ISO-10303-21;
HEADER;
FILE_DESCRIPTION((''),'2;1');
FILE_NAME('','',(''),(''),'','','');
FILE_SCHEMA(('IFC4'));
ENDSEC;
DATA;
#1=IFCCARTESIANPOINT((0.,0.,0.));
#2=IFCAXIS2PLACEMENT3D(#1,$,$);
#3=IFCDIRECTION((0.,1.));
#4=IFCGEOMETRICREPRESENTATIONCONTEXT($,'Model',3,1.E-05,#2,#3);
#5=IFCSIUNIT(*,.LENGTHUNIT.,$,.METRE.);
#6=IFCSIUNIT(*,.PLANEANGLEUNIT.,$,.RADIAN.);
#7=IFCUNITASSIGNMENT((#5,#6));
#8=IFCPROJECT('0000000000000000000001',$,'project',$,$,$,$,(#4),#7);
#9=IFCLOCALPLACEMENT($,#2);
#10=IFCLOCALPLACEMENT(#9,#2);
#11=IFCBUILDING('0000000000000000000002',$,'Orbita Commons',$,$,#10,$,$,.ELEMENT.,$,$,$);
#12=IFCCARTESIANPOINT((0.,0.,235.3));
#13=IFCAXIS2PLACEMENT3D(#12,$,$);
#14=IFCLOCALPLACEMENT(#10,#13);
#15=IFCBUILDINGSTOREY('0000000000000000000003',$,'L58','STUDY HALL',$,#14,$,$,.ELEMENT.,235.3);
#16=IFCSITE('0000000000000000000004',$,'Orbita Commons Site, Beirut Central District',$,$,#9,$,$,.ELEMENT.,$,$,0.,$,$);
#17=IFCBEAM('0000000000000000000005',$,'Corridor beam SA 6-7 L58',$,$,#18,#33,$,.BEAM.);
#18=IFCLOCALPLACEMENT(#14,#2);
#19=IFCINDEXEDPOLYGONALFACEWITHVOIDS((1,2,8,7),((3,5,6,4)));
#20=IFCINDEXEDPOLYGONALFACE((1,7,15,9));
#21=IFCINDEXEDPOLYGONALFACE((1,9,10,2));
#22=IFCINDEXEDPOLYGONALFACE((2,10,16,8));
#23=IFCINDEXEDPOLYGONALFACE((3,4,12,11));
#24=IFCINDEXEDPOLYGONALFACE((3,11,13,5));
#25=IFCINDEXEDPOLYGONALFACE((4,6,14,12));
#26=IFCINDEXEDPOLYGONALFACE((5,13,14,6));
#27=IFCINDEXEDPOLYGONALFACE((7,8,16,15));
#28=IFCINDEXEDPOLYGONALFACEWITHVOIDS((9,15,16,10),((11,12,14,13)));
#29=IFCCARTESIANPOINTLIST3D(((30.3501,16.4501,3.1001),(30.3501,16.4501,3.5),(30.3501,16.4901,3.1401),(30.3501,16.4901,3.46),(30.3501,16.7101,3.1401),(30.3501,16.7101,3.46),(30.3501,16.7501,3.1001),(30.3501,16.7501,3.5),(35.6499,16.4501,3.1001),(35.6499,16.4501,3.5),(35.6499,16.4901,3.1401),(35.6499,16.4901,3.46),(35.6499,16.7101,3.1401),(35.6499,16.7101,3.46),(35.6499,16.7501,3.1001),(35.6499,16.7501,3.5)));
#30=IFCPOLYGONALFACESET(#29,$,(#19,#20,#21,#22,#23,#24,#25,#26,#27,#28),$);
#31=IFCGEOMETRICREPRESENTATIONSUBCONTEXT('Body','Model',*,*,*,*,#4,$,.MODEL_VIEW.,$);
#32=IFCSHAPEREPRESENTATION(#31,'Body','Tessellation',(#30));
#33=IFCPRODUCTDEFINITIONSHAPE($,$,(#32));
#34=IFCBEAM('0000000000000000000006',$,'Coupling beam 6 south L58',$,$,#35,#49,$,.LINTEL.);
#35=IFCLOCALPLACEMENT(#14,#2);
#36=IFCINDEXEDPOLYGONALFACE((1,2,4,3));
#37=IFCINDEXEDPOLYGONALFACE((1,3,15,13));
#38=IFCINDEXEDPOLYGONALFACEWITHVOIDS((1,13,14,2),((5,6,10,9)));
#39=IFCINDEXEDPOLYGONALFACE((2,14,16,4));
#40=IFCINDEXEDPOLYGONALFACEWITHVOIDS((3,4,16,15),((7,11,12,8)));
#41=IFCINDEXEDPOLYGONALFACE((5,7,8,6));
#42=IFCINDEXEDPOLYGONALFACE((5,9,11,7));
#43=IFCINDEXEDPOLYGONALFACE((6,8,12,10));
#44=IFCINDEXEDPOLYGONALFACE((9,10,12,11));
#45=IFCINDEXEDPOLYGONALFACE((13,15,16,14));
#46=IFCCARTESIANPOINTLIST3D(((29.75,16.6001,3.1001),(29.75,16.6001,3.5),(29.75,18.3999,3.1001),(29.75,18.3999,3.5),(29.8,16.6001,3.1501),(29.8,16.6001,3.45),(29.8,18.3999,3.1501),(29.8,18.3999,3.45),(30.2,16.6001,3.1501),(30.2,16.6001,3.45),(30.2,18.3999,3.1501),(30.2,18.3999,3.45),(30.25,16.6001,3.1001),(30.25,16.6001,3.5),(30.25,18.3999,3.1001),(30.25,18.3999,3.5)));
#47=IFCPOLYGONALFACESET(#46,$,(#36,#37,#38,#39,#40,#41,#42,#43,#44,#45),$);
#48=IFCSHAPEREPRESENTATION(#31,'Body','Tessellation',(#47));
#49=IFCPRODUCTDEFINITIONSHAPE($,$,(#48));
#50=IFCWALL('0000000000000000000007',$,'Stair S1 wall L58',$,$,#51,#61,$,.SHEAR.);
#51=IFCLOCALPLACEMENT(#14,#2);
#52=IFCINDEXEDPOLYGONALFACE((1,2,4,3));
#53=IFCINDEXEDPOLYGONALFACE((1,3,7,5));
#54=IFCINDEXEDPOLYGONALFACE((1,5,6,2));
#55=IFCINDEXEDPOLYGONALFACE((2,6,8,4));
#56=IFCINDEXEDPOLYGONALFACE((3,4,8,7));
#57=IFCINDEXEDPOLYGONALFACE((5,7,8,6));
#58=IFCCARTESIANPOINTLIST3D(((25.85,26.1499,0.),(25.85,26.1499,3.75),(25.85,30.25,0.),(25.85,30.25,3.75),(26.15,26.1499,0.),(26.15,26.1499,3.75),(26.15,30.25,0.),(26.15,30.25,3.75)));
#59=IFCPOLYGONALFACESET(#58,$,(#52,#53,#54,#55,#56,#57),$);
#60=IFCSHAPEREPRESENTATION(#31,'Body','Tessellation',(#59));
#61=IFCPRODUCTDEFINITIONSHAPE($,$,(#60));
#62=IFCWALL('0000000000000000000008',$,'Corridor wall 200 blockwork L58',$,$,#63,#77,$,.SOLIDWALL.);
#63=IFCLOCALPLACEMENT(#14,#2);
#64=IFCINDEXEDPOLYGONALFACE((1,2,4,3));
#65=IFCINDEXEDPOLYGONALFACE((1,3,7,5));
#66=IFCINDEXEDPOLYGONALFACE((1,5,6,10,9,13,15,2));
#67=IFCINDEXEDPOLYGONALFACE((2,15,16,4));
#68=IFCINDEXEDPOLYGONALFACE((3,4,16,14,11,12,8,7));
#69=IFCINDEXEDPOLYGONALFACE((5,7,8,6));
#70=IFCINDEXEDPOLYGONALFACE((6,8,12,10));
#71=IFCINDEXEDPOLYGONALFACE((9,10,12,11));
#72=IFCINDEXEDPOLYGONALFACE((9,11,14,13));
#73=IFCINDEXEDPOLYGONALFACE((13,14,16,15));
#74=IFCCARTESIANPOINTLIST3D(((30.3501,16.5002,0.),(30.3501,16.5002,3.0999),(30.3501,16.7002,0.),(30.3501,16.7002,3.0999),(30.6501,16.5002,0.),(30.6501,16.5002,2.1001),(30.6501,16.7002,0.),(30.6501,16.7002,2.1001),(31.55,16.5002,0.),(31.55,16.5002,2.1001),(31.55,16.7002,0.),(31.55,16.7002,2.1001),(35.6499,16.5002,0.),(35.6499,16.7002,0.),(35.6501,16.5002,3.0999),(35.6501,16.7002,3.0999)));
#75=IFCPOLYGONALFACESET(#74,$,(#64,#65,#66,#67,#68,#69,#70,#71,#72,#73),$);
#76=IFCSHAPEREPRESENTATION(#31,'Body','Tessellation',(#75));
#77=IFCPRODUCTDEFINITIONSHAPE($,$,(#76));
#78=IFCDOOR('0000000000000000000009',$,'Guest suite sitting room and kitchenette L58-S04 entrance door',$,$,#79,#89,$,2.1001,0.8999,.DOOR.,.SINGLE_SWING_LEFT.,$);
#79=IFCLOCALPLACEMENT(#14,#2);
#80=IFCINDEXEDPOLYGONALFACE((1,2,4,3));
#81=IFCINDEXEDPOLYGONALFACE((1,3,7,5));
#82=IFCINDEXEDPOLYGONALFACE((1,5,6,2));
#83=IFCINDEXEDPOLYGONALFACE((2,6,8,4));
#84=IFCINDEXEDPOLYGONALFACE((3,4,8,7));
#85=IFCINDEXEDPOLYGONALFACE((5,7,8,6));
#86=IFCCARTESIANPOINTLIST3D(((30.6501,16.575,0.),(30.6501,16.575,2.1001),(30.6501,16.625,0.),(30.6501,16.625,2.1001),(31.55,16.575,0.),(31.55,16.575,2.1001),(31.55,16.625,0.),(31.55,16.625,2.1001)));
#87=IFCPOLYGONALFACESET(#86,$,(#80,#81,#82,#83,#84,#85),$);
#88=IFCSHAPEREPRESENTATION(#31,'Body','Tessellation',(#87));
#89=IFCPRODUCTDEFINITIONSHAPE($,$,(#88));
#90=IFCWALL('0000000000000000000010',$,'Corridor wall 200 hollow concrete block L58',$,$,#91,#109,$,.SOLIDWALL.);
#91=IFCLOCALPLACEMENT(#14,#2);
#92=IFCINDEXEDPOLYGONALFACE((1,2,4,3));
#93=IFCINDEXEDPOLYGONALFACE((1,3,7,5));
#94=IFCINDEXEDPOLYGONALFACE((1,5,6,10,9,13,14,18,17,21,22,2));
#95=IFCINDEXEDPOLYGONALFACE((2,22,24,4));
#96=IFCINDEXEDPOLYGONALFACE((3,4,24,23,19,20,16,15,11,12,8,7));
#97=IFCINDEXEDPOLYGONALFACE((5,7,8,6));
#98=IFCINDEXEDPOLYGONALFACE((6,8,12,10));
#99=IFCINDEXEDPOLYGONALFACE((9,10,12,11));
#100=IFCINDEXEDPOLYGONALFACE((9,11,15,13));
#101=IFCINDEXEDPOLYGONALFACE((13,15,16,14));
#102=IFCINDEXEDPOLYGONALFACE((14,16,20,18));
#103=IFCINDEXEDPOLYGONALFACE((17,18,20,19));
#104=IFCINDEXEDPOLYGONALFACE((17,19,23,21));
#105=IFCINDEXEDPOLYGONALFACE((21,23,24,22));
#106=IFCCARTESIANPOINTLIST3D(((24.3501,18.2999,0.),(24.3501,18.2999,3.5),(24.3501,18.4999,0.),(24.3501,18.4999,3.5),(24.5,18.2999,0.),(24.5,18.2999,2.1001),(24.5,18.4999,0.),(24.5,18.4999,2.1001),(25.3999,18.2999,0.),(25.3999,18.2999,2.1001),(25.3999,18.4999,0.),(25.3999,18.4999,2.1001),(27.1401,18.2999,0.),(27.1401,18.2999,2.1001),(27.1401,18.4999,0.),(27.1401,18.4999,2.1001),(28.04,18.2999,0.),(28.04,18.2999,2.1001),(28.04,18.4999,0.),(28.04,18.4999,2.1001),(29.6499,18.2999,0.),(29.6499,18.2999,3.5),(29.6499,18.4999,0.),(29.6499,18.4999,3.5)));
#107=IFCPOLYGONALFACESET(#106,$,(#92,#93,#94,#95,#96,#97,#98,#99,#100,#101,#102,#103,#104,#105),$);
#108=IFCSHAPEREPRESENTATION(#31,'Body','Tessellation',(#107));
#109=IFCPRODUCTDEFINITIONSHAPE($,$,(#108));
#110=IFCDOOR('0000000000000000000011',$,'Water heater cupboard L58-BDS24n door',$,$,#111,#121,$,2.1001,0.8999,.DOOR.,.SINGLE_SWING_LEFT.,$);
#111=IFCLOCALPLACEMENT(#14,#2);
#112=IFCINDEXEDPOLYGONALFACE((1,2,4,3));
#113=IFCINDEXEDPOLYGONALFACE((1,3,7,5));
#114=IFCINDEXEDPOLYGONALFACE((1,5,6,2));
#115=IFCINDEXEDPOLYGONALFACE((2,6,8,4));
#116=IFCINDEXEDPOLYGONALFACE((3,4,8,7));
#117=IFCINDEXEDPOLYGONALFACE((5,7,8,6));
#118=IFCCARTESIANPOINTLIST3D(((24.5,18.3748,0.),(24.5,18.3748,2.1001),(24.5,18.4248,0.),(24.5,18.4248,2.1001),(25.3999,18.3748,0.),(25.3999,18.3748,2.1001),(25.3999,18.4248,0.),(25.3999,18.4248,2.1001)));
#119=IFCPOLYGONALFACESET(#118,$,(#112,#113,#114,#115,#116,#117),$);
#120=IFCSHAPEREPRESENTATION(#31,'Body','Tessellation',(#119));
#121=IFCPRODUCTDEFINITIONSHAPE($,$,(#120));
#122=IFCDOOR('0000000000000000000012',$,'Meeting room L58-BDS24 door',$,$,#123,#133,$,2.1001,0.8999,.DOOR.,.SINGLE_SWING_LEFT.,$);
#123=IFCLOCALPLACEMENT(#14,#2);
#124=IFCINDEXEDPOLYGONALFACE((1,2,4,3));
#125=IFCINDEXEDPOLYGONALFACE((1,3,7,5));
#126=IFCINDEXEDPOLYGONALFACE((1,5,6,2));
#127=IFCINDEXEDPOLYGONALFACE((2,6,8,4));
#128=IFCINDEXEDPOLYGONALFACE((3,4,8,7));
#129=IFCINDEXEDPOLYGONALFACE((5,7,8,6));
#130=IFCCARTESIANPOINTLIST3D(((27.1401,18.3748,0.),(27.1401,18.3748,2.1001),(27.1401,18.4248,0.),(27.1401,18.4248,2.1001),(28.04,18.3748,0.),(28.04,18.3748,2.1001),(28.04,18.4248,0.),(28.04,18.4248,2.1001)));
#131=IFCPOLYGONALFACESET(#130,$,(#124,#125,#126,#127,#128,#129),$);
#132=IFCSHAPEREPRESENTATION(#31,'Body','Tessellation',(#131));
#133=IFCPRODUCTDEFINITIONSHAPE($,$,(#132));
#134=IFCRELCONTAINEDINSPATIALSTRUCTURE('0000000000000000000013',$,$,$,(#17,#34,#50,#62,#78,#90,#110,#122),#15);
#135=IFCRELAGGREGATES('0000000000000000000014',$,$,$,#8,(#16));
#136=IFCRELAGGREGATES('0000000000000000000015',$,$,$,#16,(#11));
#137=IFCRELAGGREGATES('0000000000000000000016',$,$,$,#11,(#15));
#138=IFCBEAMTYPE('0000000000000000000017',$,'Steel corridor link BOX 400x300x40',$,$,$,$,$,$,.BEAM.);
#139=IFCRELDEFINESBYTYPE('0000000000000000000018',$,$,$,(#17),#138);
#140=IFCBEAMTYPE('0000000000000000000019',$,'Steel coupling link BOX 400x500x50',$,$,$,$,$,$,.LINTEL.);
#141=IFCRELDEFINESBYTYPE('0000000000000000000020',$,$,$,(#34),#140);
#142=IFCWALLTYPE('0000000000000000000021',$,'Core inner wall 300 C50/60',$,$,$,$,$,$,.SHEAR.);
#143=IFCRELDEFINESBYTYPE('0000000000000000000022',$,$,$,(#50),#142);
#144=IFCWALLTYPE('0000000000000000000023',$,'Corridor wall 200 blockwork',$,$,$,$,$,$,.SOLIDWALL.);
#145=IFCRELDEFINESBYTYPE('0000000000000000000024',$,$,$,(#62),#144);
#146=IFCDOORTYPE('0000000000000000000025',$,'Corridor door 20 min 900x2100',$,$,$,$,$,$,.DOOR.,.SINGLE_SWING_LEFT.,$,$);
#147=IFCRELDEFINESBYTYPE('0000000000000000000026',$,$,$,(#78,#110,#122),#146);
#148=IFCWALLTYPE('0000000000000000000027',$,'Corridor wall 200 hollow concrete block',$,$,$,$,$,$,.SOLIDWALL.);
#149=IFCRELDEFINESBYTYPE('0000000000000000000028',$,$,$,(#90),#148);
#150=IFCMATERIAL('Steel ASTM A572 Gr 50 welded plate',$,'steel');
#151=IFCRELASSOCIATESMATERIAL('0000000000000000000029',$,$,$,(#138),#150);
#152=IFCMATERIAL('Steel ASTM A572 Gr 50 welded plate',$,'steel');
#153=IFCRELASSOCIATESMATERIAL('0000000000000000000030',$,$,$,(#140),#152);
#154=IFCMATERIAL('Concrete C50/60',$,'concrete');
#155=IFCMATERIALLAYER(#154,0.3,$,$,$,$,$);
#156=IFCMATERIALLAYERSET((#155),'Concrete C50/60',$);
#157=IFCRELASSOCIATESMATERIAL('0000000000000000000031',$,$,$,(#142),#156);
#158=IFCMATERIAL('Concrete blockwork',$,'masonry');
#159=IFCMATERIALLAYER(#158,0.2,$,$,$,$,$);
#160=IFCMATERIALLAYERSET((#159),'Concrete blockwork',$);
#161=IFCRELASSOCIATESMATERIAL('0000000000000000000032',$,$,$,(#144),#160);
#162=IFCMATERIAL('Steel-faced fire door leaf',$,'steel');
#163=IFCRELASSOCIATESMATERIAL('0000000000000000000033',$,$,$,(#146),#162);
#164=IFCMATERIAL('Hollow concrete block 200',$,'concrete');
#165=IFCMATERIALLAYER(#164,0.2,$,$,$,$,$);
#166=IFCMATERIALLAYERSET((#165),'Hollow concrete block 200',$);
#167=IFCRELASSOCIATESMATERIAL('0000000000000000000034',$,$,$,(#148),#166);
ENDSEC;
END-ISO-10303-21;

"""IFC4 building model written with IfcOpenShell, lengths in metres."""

from ifc_helpers import new_model, si_unit, direction, frame, frame_2d, origin, origin_2d, place, context, subcontext, project, spatial, polyline, rectangle, hollow_rectangle, outline, extrude, material, layer, layer_set, material_profile, profile_set, type_object, element, fill, save


model = new_model("IFC4")

# Units and contexts
model_context = context("Model", 3, precision=1e-05, world=origin(), true_north=direction((0.0, 1.0)))
body_context = subcontext(model_context, "Body", "Model", "MODEL_VIEW")
ifc_project = project(units=[si_unit("LENGTHUNIT", "METRE"), si_unit("PLANEANGLEUNIT", "RADIAN")], contexts=[model_context])

# Site, building, storey
site_placement = place(None, origin())
site = spatial("IfcSite", under=ifc_project, at=site_placement, Name="Orbita Commons Site, Beirut Central District", CompositionType="ELEMENT", RefElevation=0.0)
building_placement = place(site_placement, origin())
building = spatial("IfcBuilding", under=site, at=building_placement, Name="Orbita Commons", CompositionType="ELEMENT")
storey_placement = place(building_placement, frame((0.0, 0.0, 235.3)))
storey = spatial("IfcBuildingStorey", under=building, at=storey_placement, Name="L58", Description="STUDY HALL", CompositionType="ELEMENT", Elevation=235.3)

# Beams
ifc_material_1 = material(Name="Steel ASTM A572 Gr 50 welded plate", Category="steel")
ifc_material_profile_1 = material_profile(ifc_material_1, hollow_rectangle(XDim=0.3, YDim=0.3999, WallThickness=0.04, at=origin_2d()), Name="BOX 400x300x40")
ifc_profile_set_1 = profile_set([ifc_material_profile_1], Name="Steel ASTM A572 Gr 50 welded plate")
beam_type_1 = type_object("IfcBeamType", Name="Steel corridor link BOX 400x300x40", PredefinedType="BEAM", material=ifc_profile_set_1)
beam_1_placement = place(storey_placement, frame((30.3501, 16.6001, 3.3), z_axis=(1.0, 0.0, 0.0), x_axis=(0.0, 1.0, 0.0)))
element("IfcBeam", 1, at=beam_1_placement, inside=storey, type_object=beam_type_1, Name="Corridor beam SA 6-7 L58", PredefinedType="BEAM", context=body_context, shape_type="SweptSolid", body=[
    extrude(hollow_rectangle(XDim=0.3, YDim=0.3999, WallThickness=0.04, at=origin_2d()), origin(), (0.0, 0.0, 1.0), 5.2998),
])
ifc_material_2 = material(Name="Steel ASTM A572 Gr 50 welded plate", Category="steel")
ifc_material_profile_2 = material_profile(ifc_material_2, hollow_rectangle(XDim=0.5, YDim=0.3999, WallThickness=0.05, at=origin_2d()), Name="BOX 400x500x50")
ifc_profile_set_2 = profile_set([ifc_material_profile_2], Name="Steel ASTM A572 Gr 50 welded plate")
beam_type_2 = type_object("IfcBeamType", Name="Steel coupling link BOX 400x500x50", PredefinedType="LINTEL", material=ifc_profile_set_2)
beam_2_placement = place(storey_placement, frame((30.0, 16.6001, 3.3), z_axis=(0.0, 1.0, 0.0), x_axis=(-1.0, 0.0, 0.0)))
element("IfcBeam", 2, at=beam_2_placement, inside=storey, type_object=beam_type_2, Name="Coupling beam 6 south L58", PredefinedType="LINTEL", context=body_context, shape_type="SweptSolid", body=[
    extrude(hollow_rectangle(XDim=0.5, YDim=0.3999, WallThickness=0.05, at=origin_2d()), origin(), (0.0, 0.0, 1.0), 1.7998),
])

# Wall
ifc_material_3 = material(Name="Concrete C50/60", Category="concrete")
ifc_layer_1 = layer(ifc_material_3, 0.3)
ifc_layer_set_1 = layer_set([ifc_layer_1], Name="Concrete C50/60")
wall_type_1 = type_object("IfcWallType", Name="Core inner wall 300 C50/60", PredefinedType="SHEAR", material=ifc_layer_set_1)
wall_1_placement = place(storey_placement, frame((26.0, 26.1499, 0.0), z_axis=(0.0, 0.0, 1.0), x_axis=(0.0, 1.0, 0.0)))
element("IfcWall", 3, at=wall_1_placement, inside=storey, type_object=wall_type_1, Name="Stair S1 wall L58", PredefinedType="SHEAR", context=body_context, shape_type="SweptSolid", body=[
    extrude(rectangle(XDim=4.1001, YDim=0.3, at=frame_2d((2.05, 0.0))), origin(), (0.0, 0.0, 1.0), 3.75),
])

# Wall, opening, door
ifc_material_4 = material(Name="Concrete blockwork", Category="masonry")
ifc_layer_2 = layer(ifc_material_4, 0.2)
ifc_layer_set_2 = layer_set([ifc_layer_2], Name="Concrete blockwork")
wall_type_2 = type_object("IfcWallType", Name="Corridor wall 200 blockwork", PredefinedType="SOLIDWALL", material=ifc_layer_set_2)
wall_2_placement = place(storey_placement, frame((30.3501, 16.6001, 0.0), z_axis=(0.0, 0.0, 1.0), x_axis=(1.0, 0.0, 0.0)))
wall_2 = element("IfcWall", 4, at=wall_2_placement, inside=storey, type_object=wall_type_2, Name="Corridor wall 200 blockwork L58", PredefinedType="SOLIDWALL", context=body_context, shape_type="SweptSolid", body=[
    extrude(outline(polyline([(0.0, 0.0), (5.2998, 0.0), (5.3, 3.0999), (0.0, 3.0999), (0.0, 0.0)])), frame((0.0, 0.1001, 0.0), z_axis=(0.0, -1.0, 0.0), x_axis=(1.0, 0.0, 0.0)), (0.0, 0.0, 1.0), 0.2),
])
opening_1_placement = place(wall_2_placement, frame((0.3, 0.0, 0.0)))
opening_1 = element("IfcOpeningElement", 5, at=opening_1_placement, cuts=wall_2, PredefinedType="OPENING", context=body_context, shape_type="SweptSolid", body=[
    extrude(rectangle(XDim=0.8999, YDim=2.1001, at=frame_2d((0.45, 1.05))), frame((0.0, 0.1099, 0.0), z_axis=(0.0, -1.0, 0.0), x_axis=(1.0, 0.0, 0.0)), (0.0, 0.0, 1.0), 0.22),
])
ifc_material_5 = material(Name="Steel-faced fire door leaf", Category="steel")
door_type_1 = type_object("IfcDoorType", Name="Corridor door 20 min 900x2100", OperationType="SINGLE_SWING_LEFT", PredefinedType="DOOR", material=ifc_material_5)
door_1_placement = place(opening_1_placement, origin())
door_1 = element("IfcDoor", 6, at=door_1_placement, inside=storey, type_object=door_type_1, Name="Guest suite sitting room and kitchenette L58-S04 entrance door", OperationType="SINGLE_SWING_LEFT", OverallHeight=2.1001, OverallWidth=0.8999, PredefinedType="DOOR", context=body_context, shape_type="SweptSolid", body=[
    extrude(rectangle(XDim=0.8999, YDim=2.1001, at=frame_2d((0.45, 1.05))), frame((0.0, 0.0249, 0.0), z_axis=(0.0, -1.0, 0.0), x_axis=(1.0, 0.0, 0.0)), (0.0, 0.0, 1.0), 0.05),
])
fill(opening_1, door_1)

# Wall, openings, doors
ifc_material_6 = material(Name="Hollow concrete block 200", Category="concrete")
ifc_layer_3 = layer(ifc_material_6, 0.2)
ifc_layer_set_3 = layer_set([ifc_layer_3], Name="Hollow concrete block 200")
wall_type_3 = type_object("IfcWallType", Name="Corridor wall 200 hollow concrete block", PredefinedType="SOLIDWALL", material=ifc_layer_set_3)
wall_3_placement = place(storey_placement, frame((24.3501, 18.3999, 0.0), z_axis=(0.0, 0.0, 1.0), x_axis=(1.0, 0.0, 0.0)))
wall_3 = element("IfcWall", 7, at=wall_3_placement, inside=storey, type_object=wall_type_3, Name="Corridor wall 200 hollow concrete block L58", PredefinedType="SOLIDWALL", context=body_context, shape_type="SweptSolid", body=[
    extrude(rectangle(XDim=5.2998, YDim=0.2, at=frame_2d((2.6499, 0.0))), origin(), (0.0, 0.0, 1.0), 3.5),
])
opening_2_placement = place(wall_3_placement, frame((0.1499, 0.0, 0.0)))
opening_2 = element("IfcOpeningElement", 8, at=opening_2_placement, cuts=wall_3, PredefinedType="OPENING", context=body_context, shape_type="SweptSolid", body=[
    extrude(rectangle(XDim=0.8999, YDim=2.1001, at=frame_2d((0.45, 1.05))), frame((0.0, 0.1099, 0.0), z_axis=(0.0, -1.0, 0.0), x_axis=(1.0, 0.0, 0.0)), (0.0, 0.0, 1.0), 0.22),
])
opening_3_placement = place(wall_3_placement, frame((2.79, 0.0, 0.0)))
opening_3 = element("IfcOpeningElement", 9, at=opening_3_placement, cuts=wall_3, PredefinedType="OPENING", context=body_context, shape_type="SweptSolid", body=[
    extrude(rectangle(XDim=0.8999, YDim=2.1001, at=frame_2d((0.45, 1.05))), frame((0.0, 0.1099, 0.0), z_axis=(0.0, -1.0, 0.0), x_axis=(1.0, 0.0, 0.0)), (0.0, 0.0, 1.0), 0.22),
])
door_2_placement = place(opening_2_placement, origin())
door_2 = element("IfcDoor", 10, at=door_2_placement, inside=storey, type_object=door_type_1, Name="Water heater cupboard L58-BDS24n door", OperationType="SINGLE_SWING_LEFT", OverallHeight=2.1001, OverallWidth=0.8999, PredefinedType="DOOR", context=body_context, shape_type="SweptSolid", body=[
    extrude(rectangle(XDim=0.8999, YDim=2.1001, at=frame_2d((0.45, 1.05))), frame((0.0, 0.0249, 0.0), z_axis=(0.0, -1.0, 0.0), x_axis=(1.0, 0.0, 0.0)), (0.0, 0.0, 1.0), 0.05),
])
fill(opening_2, door_2)
door_3_placement = place(opening_3_placement, origin())
door_3 = element("IfcDoor", 11, at=door_3_placement, inside=storey, type_object=door_type_1, Name="Meeting room L58-BDS24 door", OperationType="SINGLE_SWING_LEFT", OverallHeight=2.1001, OverallWidth=0.8999, PredefinedType="DOOR", context=body_context, shape_type="SweptSolid", body=[
    extrude(rectangle(XDim=0.8999, YDim=2.1001, at=frame_2d((0.45, 1.05))), frame((0.0, 0.0249, 0.0), z_axis=(0.0, -1.0, 0.0), x_axis=(1.0, 0.0, 0.0)), (0.0, 0.0, 1.0), 0.05),
])
fill(opening_3, door_3)

save(model, "model.ifc")
